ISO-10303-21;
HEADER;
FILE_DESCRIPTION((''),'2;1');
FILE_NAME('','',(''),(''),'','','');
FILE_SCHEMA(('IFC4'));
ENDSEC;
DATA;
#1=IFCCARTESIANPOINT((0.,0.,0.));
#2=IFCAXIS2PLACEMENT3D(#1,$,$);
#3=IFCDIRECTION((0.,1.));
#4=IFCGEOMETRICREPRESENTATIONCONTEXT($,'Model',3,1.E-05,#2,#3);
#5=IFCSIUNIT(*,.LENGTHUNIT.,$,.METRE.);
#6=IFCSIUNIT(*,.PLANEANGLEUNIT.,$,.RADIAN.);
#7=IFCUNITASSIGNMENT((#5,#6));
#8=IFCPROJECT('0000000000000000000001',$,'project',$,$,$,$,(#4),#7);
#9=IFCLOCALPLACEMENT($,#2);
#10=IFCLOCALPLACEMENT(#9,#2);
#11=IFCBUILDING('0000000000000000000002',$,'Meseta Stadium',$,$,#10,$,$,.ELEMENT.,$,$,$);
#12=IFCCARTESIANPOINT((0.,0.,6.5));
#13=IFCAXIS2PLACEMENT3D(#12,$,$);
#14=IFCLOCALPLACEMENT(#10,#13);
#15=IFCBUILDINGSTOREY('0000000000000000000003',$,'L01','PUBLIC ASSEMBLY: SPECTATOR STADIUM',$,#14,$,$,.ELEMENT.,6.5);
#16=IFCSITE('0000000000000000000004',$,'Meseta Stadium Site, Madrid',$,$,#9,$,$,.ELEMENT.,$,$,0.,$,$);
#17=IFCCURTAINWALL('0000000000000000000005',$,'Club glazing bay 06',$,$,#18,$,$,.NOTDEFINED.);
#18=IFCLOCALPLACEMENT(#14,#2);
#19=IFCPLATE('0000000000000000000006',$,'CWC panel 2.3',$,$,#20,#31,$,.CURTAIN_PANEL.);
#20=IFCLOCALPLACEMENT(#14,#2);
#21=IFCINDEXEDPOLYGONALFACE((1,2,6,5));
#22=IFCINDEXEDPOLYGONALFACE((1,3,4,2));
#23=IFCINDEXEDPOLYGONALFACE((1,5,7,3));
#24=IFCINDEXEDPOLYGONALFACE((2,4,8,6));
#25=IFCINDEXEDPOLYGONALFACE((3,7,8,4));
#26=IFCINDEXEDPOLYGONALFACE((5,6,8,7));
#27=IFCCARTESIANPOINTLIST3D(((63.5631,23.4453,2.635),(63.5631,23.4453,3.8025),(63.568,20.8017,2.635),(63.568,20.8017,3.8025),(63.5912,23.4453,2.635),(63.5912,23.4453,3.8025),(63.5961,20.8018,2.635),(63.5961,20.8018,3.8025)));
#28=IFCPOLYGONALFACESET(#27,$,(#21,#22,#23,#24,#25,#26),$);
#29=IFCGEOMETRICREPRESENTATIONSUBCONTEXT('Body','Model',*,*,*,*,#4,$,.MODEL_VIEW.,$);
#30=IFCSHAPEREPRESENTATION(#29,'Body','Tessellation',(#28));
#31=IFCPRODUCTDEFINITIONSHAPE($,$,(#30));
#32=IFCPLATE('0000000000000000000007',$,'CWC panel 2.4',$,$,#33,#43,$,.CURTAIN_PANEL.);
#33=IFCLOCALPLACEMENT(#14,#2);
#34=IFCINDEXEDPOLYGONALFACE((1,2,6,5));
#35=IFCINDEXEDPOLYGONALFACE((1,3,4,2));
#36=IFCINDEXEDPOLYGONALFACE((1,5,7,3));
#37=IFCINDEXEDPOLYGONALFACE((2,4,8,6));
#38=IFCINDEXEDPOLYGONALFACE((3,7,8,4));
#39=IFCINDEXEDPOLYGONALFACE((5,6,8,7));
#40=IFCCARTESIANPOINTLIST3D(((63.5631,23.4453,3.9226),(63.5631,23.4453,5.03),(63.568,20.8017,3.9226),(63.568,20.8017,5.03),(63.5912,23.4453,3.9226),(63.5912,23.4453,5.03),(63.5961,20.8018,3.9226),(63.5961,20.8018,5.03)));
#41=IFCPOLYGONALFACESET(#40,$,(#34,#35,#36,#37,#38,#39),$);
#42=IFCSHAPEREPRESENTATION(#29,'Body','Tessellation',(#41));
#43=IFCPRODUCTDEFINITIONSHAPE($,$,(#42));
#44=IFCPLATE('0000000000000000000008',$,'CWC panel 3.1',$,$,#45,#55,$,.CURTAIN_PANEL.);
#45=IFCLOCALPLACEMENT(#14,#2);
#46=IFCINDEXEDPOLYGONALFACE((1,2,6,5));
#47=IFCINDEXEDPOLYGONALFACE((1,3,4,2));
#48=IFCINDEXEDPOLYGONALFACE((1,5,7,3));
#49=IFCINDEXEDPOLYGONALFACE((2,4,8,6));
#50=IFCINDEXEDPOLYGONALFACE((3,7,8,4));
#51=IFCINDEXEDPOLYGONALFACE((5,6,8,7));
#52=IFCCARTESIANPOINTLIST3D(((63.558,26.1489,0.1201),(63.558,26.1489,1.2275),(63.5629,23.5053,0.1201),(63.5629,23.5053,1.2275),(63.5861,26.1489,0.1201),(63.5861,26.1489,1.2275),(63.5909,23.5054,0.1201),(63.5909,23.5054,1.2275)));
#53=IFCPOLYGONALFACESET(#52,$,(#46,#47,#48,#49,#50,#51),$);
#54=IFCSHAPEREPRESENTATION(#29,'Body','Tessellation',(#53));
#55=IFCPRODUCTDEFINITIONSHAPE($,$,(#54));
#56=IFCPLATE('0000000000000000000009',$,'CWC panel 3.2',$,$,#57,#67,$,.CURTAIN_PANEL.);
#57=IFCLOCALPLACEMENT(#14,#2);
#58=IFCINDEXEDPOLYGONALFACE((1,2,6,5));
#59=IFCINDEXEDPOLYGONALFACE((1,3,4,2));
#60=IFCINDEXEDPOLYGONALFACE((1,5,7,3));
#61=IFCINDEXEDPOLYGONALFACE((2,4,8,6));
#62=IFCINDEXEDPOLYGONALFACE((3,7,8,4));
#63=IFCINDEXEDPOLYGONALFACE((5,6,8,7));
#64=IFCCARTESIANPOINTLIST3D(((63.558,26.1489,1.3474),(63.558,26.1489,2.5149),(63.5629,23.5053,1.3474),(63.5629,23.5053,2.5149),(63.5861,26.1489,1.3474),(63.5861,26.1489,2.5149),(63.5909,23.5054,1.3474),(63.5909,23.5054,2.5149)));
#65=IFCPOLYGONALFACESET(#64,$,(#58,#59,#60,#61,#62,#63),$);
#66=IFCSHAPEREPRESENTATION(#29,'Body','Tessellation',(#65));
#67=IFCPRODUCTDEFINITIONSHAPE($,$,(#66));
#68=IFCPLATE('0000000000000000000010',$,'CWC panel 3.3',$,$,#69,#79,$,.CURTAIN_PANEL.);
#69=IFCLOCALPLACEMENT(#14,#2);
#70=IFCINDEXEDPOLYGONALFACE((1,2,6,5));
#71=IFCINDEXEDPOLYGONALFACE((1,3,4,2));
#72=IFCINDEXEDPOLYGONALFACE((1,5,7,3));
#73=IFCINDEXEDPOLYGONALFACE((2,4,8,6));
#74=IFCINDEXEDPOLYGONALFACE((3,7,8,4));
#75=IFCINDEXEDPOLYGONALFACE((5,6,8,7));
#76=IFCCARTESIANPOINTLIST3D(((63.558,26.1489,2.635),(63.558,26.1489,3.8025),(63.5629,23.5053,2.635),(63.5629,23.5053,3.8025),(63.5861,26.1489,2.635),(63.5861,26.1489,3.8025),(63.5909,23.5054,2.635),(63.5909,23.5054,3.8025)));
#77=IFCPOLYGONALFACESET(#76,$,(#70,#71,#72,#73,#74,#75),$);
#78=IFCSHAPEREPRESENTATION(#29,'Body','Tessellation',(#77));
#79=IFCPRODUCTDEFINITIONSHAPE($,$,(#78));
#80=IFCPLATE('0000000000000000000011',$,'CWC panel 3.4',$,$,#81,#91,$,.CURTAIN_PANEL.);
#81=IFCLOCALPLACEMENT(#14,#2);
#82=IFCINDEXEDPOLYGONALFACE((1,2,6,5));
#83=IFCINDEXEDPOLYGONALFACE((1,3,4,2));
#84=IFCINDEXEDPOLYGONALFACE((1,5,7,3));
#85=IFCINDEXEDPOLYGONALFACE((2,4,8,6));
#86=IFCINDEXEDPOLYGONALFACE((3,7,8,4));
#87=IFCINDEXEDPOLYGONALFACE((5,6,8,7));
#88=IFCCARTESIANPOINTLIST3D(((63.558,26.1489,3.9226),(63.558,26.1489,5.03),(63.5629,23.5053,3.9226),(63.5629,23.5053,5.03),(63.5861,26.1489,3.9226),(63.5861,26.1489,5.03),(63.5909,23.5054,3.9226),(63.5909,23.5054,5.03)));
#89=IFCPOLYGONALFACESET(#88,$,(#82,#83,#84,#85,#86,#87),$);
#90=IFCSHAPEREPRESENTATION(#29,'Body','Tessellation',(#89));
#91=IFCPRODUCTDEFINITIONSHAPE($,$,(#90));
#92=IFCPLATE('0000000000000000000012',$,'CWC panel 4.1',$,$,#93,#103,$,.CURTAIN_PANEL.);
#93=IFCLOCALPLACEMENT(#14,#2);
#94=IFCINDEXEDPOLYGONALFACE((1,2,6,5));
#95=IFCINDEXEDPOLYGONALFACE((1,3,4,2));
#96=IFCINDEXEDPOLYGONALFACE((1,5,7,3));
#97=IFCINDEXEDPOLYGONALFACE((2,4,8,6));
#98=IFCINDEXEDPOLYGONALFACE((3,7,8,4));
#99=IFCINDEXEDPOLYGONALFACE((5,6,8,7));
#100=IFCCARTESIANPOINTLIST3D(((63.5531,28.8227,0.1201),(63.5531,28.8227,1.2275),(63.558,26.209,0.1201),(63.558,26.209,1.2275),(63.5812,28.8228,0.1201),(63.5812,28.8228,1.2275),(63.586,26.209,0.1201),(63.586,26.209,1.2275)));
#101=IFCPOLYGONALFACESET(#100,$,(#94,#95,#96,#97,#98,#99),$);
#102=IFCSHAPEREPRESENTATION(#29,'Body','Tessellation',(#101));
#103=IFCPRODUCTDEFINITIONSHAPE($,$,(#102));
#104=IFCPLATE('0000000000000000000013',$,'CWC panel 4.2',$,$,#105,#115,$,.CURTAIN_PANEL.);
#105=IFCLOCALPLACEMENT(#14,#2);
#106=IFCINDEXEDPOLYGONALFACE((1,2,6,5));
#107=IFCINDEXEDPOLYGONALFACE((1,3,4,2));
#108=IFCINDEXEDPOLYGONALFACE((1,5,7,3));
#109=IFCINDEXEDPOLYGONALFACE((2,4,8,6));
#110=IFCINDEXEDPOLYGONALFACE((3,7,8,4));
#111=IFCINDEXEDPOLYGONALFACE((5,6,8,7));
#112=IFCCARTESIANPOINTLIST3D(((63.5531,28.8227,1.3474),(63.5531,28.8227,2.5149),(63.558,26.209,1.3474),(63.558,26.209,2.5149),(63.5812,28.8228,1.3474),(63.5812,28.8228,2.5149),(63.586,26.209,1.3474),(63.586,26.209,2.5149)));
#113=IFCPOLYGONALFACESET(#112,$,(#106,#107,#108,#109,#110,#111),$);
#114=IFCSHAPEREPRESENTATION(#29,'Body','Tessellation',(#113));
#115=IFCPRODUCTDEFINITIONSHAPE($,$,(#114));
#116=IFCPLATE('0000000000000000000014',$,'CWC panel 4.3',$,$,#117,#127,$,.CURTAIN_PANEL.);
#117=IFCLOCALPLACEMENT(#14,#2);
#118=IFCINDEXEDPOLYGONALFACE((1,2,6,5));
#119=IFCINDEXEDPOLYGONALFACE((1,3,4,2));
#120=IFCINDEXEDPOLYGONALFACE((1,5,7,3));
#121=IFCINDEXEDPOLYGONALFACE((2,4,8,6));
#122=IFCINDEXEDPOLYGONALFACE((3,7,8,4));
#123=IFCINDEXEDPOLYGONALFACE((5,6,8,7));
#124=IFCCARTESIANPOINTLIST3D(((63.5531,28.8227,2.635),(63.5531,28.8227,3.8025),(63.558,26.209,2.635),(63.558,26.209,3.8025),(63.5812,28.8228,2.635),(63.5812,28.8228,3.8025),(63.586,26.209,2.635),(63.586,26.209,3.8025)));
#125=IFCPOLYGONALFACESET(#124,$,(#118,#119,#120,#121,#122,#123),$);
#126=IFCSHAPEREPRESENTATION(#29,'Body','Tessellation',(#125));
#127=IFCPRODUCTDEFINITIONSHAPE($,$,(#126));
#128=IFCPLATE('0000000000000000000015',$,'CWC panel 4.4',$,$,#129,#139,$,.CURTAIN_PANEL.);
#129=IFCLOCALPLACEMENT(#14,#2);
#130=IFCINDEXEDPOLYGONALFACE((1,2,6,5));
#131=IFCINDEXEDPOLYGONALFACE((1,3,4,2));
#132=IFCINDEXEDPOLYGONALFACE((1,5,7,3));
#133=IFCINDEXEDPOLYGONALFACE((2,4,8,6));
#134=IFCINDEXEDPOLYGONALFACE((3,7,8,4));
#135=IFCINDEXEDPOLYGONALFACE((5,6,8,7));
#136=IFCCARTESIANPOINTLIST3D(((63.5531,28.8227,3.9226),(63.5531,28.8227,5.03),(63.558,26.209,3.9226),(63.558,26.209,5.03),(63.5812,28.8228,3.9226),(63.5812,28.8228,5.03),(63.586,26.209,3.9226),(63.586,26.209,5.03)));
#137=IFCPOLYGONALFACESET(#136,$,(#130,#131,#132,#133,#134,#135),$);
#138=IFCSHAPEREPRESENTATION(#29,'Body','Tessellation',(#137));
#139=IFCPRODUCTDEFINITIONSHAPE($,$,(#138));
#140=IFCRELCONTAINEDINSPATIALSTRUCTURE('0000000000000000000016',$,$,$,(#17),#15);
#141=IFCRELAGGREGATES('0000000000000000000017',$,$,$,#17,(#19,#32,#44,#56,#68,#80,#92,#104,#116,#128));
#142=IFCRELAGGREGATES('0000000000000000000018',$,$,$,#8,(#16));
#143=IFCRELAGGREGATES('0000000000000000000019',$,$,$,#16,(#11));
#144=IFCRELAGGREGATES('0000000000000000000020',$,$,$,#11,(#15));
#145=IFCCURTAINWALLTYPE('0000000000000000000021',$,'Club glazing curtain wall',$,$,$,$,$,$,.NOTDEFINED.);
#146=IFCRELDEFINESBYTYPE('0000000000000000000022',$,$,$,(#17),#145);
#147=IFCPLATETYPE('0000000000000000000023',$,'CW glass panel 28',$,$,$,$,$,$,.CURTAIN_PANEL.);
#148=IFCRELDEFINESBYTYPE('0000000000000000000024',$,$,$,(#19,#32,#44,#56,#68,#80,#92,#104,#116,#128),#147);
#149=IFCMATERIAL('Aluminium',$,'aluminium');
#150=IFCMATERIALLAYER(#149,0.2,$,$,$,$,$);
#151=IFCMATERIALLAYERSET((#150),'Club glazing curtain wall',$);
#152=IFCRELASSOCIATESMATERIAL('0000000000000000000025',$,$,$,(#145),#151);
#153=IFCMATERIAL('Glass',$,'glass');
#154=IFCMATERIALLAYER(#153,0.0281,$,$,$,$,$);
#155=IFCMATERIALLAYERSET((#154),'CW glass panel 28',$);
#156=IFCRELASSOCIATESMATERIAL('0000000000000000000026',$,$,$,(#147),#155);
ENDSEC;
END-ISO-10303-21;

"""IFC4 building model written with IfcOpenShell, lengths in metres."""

from ifc_helpers import new_model, si_unit, direction, frame, origin, origin_2d, place, context, subcontext, project, spatial, rectangle, extrude, material, layer, layer_set, type_object, element, aggregate, save


model = new_model("IFC4")

# Units and contexts
model_context = context("Model", 3, precision=1e-05, world=origin(), true_north=direction((0.0, 1.0)))
body_context = subcontext(model_context, "Body", "Model", "MODEL_VIEW")
ifc_project = project(units=[si_unit("LENGTHUNIT", "METRE"), si_unit("PLANEANGLEUNIT", "RADIAN")], contexts=[model_context])

# Site, building, storey
site_placement = place(None, origin())
site = spatial("IfcSite", under=ifc_project, at=site_placement, Name="Meseta Stadium Site, Madrid", CompositionType="ELEMENT", RefElevation=0.0)
building_placement = place(site_placement, origin())
building = spatial("IfcBuilding", under=site, at=building_placement, Name="Meseta Stadium", CompositionType="ELEMENT")
storey_placement = place(building_placement, frame((0.0, 0.0, 6.5)))
storey = spatial("IfcBuildingStorey", under=building, at=storey_placement, Name="L01", Description="PUBLIC ASSEMBLY: SPECTATOR STADIUM", CompositionType="ELEMENT", Elevation=6.5)

# Curtain wall
ifc_material_1 = material(Name="Aluminium", Category="aluminium")
ifc_layer_1 = layer(ifc_material_1, 0.2)
ifc_layer_set_1 = layer_set([ifc_layer_1], Name="Club glazing curtain wall")
curtain_wall_type = type_object("IfcCurtainWallType", Name="Club glazing curtain wall", PredefinedType="NOTDEFINED", material=ifc_layer_set_1)
curtain_wall_1_placement = place(storey_placement, origin())
curtain_wall_1 = element("IfcCurtainWall", 1, at=curtain_wall_1_placement, inside=storey, type_object=curtain_wall_type, Name="Club glazing bay 06", PredefinedType="NOTDEFINED")

# Plates
ifc_material_2 = material(Name="Glass", Category="glass")
ifc_layer_2 = layer(ifc_material_2, 0.0281)
ifc_layer_set_2 = layer_set([ifc_layer_2], Name="CW glass panel 28")
plate_type = type_object("IfcPlateType", Name="CW glass panel 28", PredefinedType="CURTAIN_PANEL", material=ifc_layer_set_2)
plate_1_placement = place(storey_placement, frame((63.5796, 22.1235, 2.635), z_axis=(0.0, 0.0, 1.0), x_axis=(-0.001845, 0.999998, 0.0)))
plate_1 = element("IfcPlate", 2, at=plate_1_placement, type_object=plate_type, Name="CWC panel 2.3", PredefinedType="CURTAIN_PANEL", context=body_context, shape_type="SweptSolid", body=[
    extrude(rectangle(XDim=2.6436, YDim=0.0281, at=origin_2d()), origin(), (0.0, 0.0, 1.0), 1.1675),
])
plate_2_placement = place(storey_placement, frame((63.5796, 22.1235, 3.9226), z_axis=(0.0, 0.0, 1.0), x_axis=(-0.001845, 0.999998, 0.0)))
plate_2 = element("IfcPlate", 3, at=plate_2_placement, type_object=plate_type, Name="CWC panel 2.4", PredefinedType="CURTAIN_PANEL", context=body_context, shape_type="SweptSolid", body=[
    extrude(rectangle(XDim=2.6436, YDim=0.0281, at=origin_2d()), origin(), (0.0, 0.0, 1.0), 1.1074),
])
plate_3_placement = place(storey_placement, frame((63.5745, 24.8271, 0.1201), z_axis=(0.0, 0.0, 1.0), x_axis=(-0.001845, 0.999998, 0.0)))
plate_3 = element("IfcPlate", 4, at=plate_3_placement, type_object=plate_type, Name="CWC panel 3.1", PredefinedType="CURTAIN_PANEL", context=body_context, shape_type="SweptSolid", body=[
    extrude(rectangle(XDim=2.6436, YDim=0.0281, at=origin_2d()), origin(), (0.0, 0.0, 1.0), 1.1074),
])
plate_4_placement = place(storey_placement, frame((63.5745, 24.8271, 1.3474), z_axis=(0.0, 0.0, 1.0), x_axis=(-0.001845, 0.999998, 0.0)))
plate_4 = element("IfcPlate", 5, at=plate_4_placement, type_object=plate_type, Name="CWC panel 3.2", PredefinedType="CURTAIN_PANEL", context=body_context, shape_type="SweptSolid", body=[
    extrude(rectangle(XDim=2.6436, YDim=0.0281, at=origin_2d()), origin(), (0.0, 0.0, 1.0), 1.1675),
])
plate_5_placement = place(storey_placement, frame((63.5745, 24.8271, 2.635), z_axis=(0.0, 0.0, 1.0), x_axis=(-0.001845, 0.999998, 0.0)))
plate_5 = element("IfcPlate", 6, at=plate_5_placement, type_object=plate_type, Name="CWC panel 3.3", PredefinedType="CURTAIN_PANEL", context=body_context, shape_type="SweptSolid", body=[
    extrude(rectangle(XDim=2.6436, YDim=0.0281, at=origin_2d()), origin(), (0.0, 0.0, 1.0), 1.1675),
])
plate_6_placement = place(storey_placement, frame((63.5745, 24.8271, 3.9226), z_axis=(0.0, 0.0, 1.0), x_axis=(-0.001845, 0.999998, 0.0)))
plate_6 = element("IfcPlate", 7, at=plate_6_placement, type_object=plate_type, Name="CWC panel 3.4", PredefinedType="CURTAIN_PANEL", context=body_context, shape_type="SweptSolid", body=[
    extrude(rectangle(XDim=2.6436, YDim=0.0281, at=origin_2d()), origin(), (0.0, 0.0, 1.0), 1.1074),
])
plate_7_placement = place(storey_placement, frame((63.5696, 27.5159, 0.1201), z_axis=(0.0, 0.0, 1.0), x_axis=(-0.001845, 0.999998, 0.0)))
plate_7 = element("IfcPlate", 8, at=plate_7_placement, type_object=plate_type, Name="CWC panel 4.1", PredefinedType="CURTAIN_PANEL", context=body_context, shape_type="SweptSolid", body=[
    extrude(rectangle(XDim=2.6138, YDim=0.0281, at=origin_2d()), origin(), (0.0, 0.0, 1.0), 1.1074),
])
plate_8_placement = place(storey_placement, frame((63.5696, 27.5159, 1.3474), z_axis=(0.0, 0.0, 1.0), x_axis=(-0.001845, 0.999998, 0.0)))
plate_8 = element("IfcPlate", 9, at=plate_8_placement, type_object=plate_type, Name="CWC panel 4.2", PredefinedType="CURTAIN_PANEL", context=body_context, shape_type="SweptSolid", body=[
    extrude(rectangle(XDim=2.6138, YDim=0.0281, at=origin_2d()), origin(), (0.0, 0.0, 1.0), 1.1675),
])
plate_9_placement = place(storey_placement, frame((63.5696, 27.5159, 2.635), z_axis=(0.0, 0.0, 1.0), x_axis=(-0.001845, 0.999998, 0.0)))
plate_9 = element("IfcPlate", 10, at=plate_9_placement, type_object=plate_type, Name="CWC panel 4.3", PredefinedType="CURTAIN_PANEL", context=body_context, shape_type="SweptSolid", body=[
    extrude(rectangle(XDim=2.6138, YDim=0.0281, at=origin_2d()), origin(), (0.0, 0.0, 1.0), 1.1675),
])
plate_10_placement = place(storey_placement, frame((63.5696, 27.5159, 3.9226), z_axis=(0.0, 0.0, 1.0), x_axis=(-0.001845, 0.999998, 0.0)))
plate_10 = element("IfcPlate", 11, at=plate_10_placement, type_object=plate_type, Name="CWC panel 4.4", PredefinedType="CURTAIN_PANEL", context=body_context, shape_type="SweptSolid", body=[
    extrude(rectangle(XDim=2.6138, YDim=0.0281, at=origin_2d()), origin(), (0.0, 0.0, 1.0), 1.1074),
])
aggregate(curtain_wall_1, [plate_1, plate_2, plate_3, plate_4, plate_5, plate_6, plate_7, plate_8, plate_9, plate_10])

save(model, "model.ifc")
